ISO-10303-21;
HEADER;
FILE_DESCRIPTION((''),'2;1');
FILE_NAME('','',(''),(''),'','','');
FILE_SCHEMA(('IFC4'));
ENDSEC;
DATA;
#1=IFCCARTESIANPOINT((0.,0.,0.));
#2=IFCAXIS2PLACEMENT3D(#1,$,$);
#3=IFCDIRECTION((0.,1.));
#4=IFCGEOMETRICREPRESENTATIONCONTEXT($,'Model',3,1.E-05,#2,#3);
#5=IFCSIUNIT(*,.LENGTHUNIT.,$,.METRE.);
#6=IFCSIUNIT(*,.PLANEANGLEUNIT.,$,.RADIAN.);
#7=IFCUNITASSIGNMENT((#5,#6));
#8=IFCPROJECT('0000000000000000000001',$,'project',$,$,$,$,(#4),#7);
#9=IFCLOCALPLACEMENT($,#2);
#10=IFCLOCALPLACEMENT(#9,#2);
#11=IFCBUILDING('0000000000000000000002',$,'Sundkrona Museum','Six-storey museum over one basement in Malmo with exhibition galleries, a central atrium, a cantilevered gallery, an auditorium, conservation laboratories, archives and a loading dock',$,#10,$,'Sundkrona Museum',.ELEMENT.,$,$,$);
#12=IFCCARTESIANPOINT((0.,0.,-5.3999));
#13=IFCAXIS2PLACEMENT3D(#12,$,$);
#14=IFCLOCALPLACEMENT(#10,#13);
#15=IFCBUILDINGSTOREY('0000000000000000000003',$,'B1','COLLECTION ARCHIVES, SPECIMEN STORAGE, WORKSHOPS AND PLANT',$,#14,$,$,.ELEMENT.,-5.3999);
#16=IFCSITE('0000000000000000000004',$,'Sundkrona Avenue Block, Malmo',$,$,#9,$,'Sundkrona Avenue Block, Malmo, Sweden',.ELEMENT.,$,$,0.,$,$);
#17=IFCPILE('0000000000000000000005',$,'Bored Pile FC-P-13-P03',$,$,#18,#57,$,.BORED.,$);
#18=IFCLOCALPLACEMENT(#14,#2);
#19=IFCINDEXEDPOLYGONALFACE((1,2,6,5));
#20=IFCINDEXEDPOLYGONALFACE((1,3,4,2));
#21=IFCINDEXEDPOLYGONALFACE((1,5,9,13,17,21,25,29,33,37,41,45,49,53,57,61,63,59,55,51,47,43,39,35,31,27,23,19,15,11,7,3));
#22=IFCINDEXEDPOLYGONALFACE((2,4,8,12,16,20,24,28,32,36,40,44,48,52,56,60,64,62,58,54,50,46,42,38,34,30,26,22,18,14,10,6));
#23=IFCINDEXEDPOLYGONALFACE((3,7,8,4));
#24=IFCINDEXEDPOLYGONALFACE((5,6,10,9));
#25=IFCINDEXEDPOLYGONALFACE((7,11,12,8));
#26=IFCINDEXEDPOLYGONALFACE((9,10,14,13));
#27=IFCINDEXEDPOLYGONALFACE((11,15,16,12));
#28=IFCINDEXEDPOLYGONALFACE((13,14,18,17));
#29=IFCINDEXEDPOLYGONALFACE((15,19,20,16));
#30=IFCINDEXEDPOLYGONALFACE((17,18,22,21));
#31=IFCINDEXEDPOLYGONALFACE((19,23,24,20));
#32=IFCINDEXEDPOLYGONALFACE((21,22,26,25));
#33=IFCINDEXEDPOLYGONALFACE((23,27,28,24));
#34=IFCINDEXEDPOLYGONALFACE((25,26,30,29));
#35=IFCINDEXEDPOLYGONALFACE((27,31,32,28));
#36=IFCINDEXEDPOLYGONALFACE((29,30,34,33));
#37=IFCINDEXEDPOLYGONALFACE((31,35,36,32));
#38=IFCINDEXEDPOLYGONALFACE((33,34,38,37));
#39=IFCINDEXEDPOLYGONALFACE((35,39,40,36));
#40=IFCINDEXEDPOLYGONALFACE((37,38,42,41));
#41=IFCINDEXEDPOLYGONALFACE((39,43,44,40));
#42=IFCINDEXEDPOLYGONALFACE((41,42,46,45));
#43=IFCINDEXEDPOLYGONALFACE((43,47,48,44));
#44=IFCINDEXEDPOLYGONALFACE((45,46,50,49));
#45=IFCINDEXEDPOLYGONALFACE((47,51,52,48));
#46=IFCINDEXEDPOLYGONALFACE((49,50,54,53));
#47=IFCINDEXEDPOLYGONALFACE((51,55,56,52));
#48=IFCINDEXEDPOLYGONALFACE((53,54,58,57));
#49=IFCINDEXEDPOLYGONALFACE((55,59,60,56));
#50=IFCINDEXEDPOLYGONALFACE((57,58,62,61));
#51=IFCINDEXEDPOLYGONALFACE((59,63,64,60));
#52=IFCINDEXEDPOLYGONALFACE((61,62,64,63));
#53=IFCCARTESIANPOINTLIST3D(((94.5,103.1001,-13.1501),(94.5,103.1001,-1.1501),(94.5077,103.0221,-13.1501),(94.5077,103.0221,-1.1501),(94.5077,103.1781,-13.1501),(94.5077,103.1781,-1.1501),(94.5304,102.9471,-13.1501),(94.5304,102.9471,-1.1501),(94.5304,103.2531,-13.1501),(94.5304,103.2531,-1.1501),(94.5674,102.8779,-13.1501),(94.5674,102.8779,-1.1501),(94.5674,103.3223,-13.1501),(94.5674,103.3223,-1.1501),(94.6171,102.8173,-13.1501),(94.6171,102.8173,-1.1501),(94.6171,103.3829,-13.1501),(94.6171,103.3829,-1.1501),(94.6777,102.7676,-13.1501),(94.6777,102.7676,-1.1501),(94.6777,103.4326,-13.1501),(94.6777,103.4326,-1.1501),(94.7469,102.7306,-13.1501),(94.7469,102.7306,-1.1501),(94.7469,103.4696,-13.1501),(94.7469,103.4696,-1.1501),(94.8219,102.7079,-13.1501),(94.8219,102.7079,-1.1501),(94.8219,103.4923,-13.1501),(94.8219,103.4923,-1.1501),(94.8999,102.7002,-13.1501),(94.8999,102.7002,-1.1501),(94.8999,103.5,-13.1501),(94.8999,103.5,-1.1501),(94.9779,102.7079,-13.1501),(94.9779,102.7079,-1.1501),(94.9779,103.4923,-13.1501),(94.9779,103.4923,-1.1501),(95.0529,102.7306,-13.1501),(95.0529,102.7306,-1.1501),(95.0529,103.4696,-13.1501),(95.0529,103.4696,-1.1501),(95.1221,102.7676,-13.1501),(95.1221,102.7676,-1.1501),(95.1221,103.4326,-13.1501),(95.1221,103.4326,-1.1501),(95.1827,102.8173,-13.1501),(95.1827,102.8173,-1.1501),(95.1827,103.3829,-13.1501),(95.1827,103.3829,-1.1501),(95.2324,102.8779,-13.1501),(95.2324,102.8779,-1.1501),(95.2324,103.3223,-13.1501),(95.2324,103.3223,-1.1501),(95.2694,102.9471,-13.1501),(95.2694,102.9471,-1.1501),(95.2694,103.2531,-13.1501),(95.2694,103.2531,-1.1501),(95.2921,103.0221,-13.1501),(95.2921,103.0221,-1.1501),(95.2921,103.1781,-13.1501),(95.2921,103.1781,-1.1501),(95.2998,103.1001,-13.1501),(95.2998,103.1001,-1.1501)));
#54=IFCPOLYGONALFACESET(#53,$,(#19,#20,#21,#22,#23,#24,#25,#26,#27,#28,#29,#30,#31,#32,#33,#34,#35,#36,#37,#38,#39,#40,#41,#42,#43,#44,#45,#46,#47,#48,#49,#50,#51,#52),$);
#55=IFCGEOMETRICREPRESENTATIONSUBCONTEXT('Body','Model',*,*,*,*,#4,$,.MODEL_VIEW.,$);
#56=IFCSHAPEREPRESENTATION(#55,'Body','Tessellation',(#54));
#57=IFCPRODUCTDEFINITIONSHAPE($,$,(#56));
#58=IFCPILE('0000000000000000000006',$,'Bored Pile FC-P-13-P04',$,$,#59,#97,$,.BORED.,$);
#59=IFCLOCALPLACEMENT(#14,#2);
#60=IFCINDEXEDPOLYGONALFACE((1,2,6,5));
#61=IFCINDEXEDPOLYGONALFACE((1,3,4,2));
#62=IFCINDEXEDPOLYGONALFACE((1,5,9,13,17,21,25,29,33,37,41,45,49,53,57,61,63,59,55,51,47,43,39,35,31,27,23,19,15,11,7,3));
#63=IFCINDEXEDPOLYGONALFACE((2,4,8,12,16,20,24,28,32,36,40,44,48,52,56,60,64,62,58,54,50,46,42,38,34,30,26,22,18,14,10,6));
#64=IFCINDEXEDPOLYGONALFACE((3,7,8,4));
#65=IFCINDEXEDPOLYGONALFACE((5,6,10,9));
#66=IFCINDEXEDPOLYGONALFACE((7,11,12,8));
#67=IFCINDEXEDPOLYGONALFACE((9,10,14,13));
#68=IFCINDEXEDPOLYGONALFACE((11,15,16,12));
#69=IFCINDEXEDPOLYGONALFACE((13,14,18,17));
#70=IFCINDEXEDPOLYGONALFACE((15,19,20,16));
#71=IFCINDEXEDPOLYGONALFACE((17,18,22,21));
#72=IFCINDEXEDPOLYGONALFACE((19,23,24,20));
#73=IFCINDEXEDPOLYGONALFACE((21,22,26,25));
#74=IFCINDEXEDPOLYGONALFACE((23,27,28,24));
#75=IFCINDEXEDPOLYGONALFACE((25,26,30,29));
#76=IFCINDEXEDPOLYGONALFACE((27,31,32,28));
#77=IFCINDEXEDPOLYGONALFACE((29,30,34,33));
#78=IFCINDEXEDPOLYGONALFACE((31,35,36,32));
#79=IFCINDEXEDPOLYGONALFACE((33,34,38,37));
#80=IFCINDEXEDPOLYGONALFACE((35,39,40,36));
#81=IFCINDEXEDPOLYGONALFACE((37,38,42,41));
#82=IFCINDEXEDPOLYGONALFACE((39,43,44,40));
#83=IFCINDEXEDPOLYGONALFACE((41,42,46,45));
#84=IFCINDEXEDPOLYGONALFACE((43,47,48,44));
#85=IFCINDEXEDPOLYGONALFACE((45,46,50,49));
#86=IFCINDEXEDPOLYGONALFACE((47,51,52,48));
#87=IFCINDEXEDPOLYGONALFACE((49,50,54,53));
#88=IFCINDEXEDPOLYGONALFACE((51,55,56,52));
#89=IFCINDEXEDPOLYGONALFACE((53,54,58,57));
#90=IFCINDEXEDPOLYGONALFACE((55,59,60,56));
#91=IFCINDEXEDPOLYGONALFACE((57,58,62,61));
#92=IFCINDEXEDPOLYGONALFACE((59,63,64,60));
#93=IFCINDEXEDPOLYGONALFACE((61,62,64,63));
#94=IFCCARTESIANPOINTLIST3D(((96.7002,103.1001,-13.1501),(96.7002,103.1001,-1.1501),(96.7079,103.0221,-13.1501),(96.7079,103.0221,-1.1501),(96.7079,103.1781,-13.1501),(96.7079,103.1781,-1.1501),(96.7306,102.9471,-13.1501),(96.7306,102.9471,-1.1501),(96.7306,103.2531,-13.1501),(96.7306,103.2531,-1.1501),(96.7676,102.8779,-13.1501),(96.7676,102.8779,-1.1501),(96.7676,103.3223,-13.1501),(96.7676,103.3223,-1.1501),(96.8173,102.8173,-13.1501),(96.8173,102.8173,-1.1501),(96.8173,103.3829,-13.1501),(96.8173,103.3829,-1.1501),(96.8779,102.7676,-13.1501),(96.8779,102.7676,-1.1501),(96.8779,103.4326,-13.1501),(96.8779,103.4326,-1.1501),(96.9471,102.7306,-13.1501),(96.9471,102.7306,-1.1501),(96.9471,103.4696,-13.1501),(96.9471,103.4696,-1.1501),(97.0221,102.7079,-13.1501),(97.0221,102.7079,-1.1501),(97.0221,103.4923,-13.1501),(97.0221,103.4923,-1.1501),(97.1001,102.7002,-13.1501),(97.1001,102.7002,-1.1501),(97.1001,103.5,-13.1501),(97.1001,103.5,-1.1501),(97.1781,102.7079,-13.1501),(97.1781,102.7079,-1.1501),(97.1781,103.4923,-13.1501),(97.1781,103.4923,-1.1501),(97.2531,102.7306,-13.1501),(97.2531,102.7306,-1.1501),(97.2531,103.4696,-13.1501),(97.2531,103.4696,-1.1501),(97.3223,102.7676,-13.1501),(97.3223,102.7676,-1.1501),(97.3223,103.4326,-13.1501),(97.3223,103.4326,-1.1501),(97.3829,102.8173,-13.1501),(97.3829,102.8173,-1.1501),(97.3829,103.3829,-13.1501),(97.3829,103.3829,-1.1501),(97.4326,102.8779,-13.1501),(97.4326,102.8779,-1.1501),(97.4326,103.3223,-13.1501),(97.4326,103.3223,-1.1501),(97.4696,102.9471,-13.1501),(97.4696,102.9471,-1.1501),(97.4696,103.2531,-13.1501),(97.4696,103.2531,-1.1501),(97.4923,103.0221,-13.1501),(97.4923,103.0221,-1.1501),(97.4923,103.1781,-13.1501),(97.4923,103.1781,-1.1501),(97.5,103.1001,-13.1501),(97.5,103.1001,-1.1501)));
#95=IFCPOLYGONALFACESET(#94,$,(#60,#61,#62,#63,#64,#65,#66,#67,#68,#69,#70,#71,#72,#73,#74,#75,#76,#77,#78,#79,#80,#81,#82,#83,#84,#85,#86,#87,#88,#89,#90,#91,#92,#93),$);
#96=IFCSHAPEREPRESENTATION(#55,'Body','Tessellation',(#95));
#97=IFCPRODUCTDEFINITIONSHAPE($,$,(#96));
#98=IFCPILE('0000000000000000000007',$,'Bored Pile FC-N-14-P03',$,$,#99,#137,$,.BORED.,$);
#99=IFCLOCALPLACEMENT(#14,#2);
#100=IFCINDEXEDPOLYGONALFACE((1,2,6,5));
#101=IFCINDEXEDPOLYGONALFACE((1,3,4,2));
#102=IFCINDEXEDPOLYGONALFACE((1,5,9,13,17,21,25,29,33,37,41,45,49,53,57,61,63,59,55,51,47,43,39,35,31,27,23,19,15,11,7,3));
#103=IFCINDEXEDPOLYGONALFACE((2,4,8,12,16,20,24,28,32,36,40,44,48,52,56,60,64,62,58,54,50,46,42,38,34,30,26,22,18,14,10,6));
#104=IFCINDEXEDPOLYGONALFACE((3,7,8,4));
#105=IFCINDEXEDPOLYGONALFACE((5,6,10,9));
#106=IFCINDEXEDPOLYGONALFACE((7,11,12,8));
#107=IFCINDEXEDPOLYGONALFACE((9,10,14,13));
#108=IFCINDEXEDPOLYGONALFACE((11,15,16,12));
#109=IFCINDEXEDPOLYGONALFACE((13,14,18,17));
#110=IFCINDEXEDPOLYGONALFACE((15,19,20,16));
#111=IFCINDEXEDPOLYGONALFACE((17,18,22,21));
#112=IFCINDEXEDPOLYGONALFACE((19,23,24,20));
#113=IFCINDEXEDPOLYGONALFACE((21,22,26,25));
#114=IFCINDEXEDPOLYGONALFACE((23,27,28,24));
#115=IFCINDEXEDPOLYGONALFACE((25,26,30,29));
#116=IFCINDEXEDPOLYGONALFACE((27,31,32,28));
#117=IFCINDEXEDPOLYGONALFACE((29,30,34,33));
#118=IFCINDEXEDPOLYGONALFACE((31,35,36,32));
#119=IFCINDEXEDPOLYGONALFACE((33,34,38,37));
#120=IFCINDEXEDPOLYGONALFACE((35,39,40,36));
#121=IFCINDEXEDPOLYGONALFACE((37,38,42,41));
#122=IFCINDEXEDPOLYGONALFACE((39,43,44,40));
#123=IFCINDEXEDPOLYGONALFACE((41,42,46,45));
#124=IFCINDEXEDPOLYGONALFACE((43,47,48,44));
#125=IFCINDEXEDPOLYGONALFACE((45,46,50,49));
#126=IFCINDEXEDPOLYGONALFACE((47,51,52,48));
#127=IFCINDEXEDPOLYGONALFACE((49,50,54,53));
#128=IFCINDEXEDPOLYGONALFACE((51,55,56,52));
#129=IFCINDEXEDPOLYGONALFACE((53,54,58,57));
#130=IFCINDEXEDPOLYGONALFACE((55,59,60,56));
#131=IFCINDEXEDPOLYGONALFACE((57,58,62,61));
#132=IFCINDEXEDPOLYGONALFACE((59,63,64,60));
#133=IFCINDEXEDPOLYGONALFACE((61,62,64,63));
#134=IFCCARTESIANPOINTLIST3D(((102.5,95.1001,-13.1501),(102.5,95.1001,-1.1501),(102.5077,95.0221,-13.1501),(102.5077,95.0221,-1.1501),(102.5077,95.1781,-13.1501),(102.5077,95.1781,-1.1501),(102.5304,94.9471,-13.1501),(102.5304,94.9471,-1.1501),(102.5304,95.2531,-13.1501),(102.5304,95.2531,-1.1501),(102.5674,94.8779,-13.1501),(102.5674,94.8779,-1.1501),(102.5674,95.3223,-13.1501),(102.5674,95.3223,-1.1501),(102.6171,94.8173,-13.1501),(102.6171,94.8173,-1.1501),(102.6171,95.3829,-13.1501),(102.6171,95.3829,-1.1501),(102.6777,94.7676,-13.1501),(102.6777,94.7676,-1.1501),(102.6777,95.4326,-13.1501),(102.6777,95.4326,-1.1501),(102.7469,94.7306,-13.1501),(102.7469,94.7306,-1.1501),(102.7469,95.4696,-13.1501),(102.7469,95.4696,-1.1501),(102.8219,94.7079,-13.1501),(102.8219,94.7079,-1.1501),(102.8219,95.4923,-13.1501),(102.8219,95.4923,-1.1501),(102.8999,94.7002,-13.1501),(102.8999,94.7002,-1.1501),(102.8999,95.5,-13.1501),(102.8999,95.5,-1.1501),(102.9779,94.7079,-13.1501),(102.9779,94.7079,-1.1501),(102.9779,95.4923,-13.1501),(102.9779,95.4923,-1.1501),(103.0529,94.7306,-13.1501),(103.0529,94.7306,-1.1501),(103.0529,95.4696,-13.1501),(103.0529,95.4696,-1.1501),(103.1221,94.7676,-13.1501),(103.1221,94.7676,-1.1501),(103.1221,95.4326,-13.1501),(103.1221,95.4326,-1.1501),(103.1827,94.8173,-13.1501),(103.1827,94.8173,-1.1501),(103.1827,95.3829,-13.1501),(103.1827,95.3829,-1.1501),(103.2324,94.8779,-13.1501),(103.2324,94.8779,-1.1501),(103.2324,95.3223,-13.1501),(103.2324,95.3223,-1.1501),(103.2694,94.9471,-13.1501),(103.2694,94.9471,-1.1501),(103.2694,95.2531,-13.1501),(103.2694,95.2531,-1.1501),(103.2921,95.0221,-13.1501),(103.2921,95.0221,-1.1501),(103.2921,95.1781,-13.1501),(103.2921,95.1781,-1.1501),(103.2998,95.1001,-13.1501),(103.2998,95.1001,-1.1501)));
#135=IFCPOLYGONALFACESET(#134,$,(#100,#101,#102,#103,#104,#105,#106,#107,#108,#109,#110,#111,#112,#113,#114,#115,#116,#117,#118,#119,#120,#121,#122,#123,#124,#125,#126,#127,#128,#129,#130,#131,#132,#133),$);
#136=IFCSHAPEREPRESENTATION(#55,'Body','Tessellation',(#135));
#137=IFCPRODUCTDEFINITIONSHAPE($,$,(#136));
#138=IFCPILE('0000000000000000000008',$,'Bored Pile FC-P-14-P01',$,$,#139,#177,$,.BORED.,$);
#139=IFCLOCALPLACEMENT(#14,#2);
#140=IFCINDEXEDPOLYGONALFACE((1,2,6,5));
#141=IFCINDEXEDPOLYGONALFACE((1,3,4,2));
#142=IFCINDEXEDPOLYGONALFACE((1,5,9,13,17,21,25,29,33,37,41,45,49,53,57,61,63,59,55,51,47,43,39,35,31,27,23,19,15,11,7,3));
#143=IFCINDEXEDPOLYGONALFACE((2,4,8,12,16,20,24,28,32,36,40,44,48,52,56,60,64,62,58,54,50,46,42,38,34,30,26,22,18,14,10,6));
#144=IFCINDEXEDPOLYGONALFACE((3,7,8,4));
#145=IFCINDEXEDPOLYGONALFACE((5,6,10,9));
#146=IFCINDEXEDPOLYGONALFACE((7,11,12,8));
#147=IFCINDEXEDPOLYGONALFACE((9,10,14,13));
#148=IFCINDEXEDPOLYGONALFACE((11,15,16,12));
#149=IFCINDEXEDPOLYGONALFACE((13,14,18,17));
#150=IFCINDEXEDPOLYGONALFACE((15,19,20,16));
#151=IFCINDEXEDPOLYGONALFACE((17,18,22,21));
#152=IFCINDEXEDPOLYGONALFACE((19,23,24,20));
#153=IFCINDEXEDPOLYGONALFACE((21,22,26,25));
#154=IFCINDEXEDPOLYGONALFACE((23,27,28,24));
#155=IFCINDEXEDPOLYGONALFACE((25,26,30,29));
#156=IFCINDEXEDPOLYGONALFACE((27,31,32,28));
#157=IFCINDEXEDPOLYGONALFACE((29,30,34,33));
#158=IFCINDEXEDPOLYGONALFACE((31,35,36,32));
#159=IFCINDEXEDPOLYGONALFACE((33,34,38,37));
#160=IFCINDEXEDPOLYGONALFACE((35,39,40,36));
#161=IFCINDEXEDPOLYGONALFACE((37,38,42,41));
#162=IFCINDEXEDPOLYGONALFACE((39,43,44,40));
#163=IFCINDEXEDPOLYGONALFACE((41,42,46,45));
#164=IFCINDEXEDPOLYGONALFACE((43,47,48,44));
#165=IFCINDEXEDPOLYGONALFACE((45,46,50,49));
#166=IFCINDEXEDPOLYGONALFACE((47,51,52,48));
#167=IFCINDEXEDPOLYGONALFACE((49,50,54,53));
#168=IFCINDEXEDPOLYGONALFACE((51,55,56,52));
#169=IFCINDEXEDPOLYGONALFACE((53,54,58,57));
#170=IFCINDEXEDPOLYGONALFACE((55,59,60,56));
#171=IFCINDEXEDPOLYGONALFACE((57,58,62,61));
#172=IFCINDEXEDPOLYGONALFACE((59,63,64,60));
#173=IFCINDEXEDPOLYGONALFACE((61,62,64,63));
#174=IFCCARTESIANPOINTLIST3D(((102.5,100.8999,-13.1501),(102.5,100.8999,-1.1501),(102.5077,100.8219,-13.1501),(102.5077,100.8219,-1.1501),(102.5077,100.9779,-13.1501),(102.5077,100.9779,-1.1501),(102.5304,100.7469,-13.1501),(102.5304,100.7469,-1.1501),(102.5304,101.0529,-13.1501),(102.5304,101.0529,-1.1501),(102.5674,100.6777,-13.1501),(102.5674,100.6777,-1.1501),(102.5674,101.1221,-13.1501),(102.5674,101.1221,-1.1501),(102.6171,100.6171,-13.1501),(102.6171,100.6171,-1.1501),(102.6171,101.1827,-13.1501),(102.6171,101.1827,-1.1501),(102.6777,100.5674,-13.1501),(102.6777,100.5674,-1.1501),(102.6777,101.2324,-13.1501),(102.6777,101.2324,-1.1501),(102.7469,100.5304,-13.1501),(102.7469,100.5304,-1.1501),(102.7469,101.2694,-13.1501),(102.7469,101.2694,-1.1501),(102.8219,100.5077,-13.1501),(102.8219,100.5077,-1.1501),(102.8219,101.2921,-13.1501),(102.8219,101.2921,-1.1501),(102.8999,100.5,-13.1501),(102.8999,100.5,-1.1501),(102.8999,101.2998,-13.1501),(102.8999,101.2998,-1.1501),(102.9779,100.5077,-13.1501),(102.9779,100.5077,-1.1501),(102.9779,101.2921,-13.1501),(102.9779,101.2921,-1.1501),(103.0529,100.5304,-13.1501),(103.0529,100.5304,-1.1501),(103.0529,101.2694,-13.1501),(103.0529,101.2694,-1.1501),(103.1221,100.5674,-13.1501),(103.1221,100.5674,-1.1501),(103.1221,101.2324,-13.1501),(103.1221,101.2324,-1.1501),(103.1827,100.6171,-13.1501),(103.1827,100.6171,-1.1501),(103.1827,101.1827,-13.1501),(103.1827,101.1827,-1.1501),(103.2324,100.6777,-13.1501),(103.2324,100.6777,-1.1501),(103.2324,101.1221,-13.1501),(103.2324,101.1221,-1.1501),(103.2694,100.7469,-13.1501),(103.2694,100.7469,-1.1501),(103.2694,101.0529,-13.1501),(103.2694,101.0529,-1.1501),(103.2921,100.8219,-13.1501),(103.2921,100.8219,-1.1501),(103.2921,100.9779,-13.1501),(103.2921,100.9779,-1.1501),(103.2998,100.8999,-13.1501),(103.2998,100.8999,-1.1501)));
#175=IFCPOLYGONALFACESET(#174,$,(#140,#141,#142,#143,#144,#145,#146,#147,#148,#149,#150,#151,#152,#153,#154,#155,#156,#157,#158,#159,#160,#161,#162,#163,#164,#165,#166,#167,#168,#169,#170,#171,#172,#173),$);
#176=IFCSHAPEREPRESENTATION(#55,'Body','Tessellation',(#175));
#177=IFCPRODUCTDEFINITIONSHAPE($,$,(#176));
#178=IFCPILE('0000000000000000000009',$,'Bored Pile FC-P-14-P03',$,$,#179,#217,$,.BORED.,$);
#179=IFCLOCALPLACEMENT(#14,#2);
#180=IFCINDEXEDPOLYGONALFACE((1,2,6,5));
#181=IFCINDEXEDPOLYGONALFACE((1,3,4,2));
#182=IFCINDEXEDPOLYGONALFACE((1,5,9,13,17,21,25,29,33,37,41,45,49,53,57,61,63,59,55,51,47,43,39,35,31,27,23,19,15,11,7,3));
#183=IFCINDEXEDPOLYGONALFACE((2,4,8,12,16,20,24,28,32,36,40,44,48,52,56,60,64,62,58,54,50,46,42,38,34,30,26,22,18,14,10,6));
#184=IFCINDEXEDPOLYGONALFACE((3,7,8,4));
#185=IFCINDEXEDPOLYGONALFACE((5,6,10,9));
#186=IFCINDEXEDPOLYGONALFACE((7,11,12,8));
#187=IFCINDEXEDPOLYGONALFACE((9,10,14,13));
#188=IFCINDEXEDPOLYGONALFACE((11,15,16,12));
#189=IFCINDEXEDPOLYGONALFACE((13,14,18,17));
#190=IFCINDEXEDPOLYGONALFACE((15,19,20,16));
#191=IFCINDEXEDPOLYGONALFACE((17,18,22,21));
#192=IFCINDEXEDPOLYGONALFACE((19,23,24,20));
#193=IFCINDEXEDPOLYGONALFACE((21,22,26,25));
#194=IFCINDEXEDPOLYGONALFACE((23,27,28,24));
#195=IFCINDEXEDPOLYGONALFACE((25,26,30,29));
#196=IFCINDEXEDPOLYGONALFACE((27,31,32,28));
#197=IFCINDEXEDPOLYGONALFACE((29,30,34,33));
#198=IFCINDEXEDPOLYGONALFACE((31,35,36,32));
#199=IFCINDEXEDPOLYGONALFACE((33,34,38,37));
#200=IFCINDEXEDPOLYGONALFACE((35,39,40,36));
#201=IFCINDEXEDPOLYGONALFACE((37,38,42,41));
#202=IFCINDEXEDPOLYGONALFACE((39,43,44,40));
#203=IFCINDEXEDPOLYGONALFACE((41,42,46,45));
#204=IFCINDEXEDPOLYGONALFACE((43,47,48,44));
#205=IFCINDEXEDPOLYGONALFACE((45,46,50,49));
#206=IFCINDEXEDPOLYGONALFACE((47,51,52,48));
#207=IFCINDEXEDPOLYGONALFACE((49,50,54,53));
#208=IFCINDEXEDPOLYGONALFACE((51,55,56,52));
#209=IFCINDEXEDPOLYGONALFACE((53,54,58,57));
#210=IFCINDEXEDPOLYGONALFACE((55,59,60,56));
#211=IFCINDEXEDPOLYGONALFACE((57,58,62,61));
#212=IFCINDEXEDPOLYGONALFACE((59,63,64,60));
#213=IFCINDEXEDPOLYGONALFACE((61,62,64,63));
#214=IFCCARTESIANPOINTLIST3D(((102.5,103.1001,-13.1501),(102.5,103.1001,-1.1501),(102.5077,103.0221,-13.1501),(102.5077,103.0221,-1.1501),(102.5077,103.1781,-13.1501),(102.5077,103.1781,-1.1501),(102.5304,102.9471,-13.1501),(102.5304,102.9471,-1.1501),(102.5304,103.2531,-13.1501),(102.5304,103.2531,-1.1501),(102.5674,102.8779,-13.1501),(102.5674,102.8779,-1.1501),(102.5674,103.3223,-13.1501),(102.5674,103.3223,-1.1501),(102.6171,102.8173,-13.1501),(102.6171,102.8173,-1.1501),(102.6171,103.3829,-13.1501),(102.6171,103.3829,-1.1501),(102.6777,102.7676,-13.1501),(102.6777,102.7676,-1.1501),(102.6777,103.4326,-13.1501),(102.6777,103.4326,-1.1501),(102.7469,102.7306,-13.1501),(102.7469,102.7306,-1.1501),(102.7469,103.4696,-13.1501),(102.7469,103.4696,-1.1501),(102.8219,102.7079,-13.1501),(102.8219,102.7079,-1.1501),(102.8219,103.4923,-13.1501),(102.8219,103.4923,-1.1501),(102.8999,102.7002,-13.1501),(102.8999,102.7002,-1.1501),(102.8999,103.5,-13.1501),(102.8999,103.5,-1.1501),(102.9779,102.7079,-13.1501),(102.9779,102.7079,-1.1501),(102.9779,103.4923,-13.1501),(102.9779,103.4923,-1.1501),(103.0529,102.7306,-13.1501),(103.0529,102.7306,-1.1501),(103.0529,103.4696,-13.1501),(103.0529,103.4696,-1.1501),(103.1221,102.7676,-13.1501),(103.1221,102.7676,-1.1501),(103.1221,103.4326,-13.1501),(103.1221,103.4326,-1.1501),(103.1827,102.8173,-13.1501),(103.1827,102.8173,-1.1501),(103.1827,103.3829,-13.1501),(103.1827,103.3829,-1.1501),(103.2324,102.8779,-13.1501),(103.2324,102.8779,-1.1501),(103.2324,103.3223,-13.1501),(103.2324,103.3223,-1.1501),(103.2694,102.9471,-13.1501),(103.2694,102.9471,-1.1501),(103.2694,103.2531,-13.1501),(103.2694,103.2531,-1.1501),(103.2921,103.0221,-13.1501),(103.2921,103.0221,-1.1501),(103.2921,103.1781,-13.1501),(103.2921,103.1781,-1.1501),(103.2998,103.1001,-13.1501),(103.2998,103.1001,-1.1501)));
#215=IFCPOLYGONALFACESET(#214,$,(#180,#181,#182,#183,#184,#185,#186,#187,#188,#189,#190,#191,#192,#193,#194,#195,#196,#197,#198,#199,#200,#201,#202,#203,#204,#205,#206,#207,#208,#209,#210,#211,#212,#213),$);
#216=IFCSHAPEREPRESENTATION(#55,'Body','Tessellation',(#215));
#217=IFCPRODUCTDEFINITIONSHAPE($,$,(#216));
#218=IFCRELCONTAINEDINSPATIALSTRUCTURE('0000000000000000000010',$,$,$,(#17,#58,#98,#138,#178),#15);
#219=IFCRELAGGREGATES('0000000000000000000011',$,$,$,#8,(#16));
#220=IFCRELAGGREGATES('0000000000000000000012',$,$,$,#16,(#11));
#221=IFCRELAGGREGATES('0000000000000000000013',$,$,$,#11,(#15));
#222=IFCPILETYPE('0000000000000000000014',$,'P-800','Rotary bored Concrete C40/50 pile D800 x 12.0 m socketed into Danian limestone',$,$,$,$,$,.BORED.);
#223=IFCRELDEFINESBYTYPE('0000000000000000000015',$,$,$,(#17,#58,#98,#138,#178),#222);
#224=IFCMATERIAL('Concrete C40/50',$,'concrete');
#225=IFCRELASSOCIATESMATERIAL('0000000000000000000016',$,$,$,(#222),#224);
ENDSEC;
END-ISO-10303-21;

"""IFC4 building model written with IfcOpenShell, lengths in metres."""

from ifc_helpers import new_model, si_unit, direction, frame, origin, origin_2d, place, context, subcontext, project, spatial, circle, extrude, material, material_profile, profile_set, type_object, element, save


model = new_model("IFC4")

# Units and contexts
model_context = context("Model", 3, precision=1e-05, world=origin(), true_north=direction((0.0, 1.0)))
body_context = subcontext(model_context, "Body", "Model", "MODEL_VIEW")
ifc_project = project(units=[si_unit("LENGTHUNIT", "METRE"), si_unit("PLANEANGLEUNIT", "RADIAN")], contexts=[model_context])

# Site, building, storey
site_placement = place(None, origin())
site = spatial("IfcSite", under=ifc_project, at=site_placement, Name="Sundkrona Avenue Block, Malmo", LongName="Sundkrona Avenue Block, Malmo, Sweden", CompositionType="ELEMENT", RefElevation=0.0)
building_placement = place(site_placement, origin())
building = spatial("IfcBuilding", under=site, at=building_placement, Name="Sundkrona Museum", Description="Six-storey museum over one basement in Malmo with exhibition galleries, a central atrium, a cantilevered gallery, an auditorium, conservation laboratories, archives and a loading dock", LongName="Sundkrona Museum", CompositionType="ELEMENT")
storey_placement = place(building_placement, frame((0.0, 0.0, -5.3999)))
storey = spatial("IfcBuildingStorey", under=building, at=storey_placement, Name="B1", Description="COLLECTION ARCHIVES, SPECIMEN STORAGE, WORKSHOPS AND PLANT", CompositionType="ELEMENT", Elevation=-5.3999)

# Shared definitions
ifc_material_1 = material(Name="Concrete C40/50", Category="concrete")

# Piles
ifc_material_profile_1 = material_profile(ifc_material_1, circle(Radius=0.3999, at=origin_2d()), Name="PILE D800")
ifc_profile_set_1 = profile_set([ifc_material_profile_1], Name="Concrete C40/50")
pile_type = type_object("IfcPileType", Name="P-800", Description="Rotary bored Concrete C40/50 pile D800 x 12.0 m socketed into Danian limestone", PredefinedType="BORED", material=ifc_profile_set_1)
for number, where, z_axis, x_axis, name in (
    (1, (94.8999, 103.1001, -1.1501), (0.0, 0.0, -1.0), (1.0, 0.0, 0.0), "Bored Pile FC-P-13-P03"),
    (2, (97.1001, 103.1001, -1.1501), (0.0, 0.0, -1.0), (1.0, 0.0, 0.0), "Bored Pile FC-P-13-P04"),
    (3, (102.8999, 95.1001, -1.1501), (0.0, 0.0, -1.0), (1.0, 0.0, 0.0), "Bored Pile FC-N-14-P03"),
    (4, (102.8999, 100.8999, -1.1501), (0.0, 0.0, -1.0), (1.0, 0.0, 0.0), "Bored Pile FC-P-14-P01"),
    (5, (102.8999, 103.1001, -1.1501), (0.0, 0.0, -1.0), (1.0, 0.0, 0.0), "Bored Pile FC-P-14-P03"),
):
    element("IfcPile", number, at=place(storey_placement, frame(where, z_axis=z_axis, x_axis=x_axis)), inside=storey, type_object=pile_type, Name=name, PredefinedType="BORED", context=body_context, shape_type="SweptSolid", body=[
        extrude(circle(Radius=0.3999, at=origin_2d()), origin(), (0.0, 0.0, 1.0), 12.0),
    ])

save(model, "model.ifc")
